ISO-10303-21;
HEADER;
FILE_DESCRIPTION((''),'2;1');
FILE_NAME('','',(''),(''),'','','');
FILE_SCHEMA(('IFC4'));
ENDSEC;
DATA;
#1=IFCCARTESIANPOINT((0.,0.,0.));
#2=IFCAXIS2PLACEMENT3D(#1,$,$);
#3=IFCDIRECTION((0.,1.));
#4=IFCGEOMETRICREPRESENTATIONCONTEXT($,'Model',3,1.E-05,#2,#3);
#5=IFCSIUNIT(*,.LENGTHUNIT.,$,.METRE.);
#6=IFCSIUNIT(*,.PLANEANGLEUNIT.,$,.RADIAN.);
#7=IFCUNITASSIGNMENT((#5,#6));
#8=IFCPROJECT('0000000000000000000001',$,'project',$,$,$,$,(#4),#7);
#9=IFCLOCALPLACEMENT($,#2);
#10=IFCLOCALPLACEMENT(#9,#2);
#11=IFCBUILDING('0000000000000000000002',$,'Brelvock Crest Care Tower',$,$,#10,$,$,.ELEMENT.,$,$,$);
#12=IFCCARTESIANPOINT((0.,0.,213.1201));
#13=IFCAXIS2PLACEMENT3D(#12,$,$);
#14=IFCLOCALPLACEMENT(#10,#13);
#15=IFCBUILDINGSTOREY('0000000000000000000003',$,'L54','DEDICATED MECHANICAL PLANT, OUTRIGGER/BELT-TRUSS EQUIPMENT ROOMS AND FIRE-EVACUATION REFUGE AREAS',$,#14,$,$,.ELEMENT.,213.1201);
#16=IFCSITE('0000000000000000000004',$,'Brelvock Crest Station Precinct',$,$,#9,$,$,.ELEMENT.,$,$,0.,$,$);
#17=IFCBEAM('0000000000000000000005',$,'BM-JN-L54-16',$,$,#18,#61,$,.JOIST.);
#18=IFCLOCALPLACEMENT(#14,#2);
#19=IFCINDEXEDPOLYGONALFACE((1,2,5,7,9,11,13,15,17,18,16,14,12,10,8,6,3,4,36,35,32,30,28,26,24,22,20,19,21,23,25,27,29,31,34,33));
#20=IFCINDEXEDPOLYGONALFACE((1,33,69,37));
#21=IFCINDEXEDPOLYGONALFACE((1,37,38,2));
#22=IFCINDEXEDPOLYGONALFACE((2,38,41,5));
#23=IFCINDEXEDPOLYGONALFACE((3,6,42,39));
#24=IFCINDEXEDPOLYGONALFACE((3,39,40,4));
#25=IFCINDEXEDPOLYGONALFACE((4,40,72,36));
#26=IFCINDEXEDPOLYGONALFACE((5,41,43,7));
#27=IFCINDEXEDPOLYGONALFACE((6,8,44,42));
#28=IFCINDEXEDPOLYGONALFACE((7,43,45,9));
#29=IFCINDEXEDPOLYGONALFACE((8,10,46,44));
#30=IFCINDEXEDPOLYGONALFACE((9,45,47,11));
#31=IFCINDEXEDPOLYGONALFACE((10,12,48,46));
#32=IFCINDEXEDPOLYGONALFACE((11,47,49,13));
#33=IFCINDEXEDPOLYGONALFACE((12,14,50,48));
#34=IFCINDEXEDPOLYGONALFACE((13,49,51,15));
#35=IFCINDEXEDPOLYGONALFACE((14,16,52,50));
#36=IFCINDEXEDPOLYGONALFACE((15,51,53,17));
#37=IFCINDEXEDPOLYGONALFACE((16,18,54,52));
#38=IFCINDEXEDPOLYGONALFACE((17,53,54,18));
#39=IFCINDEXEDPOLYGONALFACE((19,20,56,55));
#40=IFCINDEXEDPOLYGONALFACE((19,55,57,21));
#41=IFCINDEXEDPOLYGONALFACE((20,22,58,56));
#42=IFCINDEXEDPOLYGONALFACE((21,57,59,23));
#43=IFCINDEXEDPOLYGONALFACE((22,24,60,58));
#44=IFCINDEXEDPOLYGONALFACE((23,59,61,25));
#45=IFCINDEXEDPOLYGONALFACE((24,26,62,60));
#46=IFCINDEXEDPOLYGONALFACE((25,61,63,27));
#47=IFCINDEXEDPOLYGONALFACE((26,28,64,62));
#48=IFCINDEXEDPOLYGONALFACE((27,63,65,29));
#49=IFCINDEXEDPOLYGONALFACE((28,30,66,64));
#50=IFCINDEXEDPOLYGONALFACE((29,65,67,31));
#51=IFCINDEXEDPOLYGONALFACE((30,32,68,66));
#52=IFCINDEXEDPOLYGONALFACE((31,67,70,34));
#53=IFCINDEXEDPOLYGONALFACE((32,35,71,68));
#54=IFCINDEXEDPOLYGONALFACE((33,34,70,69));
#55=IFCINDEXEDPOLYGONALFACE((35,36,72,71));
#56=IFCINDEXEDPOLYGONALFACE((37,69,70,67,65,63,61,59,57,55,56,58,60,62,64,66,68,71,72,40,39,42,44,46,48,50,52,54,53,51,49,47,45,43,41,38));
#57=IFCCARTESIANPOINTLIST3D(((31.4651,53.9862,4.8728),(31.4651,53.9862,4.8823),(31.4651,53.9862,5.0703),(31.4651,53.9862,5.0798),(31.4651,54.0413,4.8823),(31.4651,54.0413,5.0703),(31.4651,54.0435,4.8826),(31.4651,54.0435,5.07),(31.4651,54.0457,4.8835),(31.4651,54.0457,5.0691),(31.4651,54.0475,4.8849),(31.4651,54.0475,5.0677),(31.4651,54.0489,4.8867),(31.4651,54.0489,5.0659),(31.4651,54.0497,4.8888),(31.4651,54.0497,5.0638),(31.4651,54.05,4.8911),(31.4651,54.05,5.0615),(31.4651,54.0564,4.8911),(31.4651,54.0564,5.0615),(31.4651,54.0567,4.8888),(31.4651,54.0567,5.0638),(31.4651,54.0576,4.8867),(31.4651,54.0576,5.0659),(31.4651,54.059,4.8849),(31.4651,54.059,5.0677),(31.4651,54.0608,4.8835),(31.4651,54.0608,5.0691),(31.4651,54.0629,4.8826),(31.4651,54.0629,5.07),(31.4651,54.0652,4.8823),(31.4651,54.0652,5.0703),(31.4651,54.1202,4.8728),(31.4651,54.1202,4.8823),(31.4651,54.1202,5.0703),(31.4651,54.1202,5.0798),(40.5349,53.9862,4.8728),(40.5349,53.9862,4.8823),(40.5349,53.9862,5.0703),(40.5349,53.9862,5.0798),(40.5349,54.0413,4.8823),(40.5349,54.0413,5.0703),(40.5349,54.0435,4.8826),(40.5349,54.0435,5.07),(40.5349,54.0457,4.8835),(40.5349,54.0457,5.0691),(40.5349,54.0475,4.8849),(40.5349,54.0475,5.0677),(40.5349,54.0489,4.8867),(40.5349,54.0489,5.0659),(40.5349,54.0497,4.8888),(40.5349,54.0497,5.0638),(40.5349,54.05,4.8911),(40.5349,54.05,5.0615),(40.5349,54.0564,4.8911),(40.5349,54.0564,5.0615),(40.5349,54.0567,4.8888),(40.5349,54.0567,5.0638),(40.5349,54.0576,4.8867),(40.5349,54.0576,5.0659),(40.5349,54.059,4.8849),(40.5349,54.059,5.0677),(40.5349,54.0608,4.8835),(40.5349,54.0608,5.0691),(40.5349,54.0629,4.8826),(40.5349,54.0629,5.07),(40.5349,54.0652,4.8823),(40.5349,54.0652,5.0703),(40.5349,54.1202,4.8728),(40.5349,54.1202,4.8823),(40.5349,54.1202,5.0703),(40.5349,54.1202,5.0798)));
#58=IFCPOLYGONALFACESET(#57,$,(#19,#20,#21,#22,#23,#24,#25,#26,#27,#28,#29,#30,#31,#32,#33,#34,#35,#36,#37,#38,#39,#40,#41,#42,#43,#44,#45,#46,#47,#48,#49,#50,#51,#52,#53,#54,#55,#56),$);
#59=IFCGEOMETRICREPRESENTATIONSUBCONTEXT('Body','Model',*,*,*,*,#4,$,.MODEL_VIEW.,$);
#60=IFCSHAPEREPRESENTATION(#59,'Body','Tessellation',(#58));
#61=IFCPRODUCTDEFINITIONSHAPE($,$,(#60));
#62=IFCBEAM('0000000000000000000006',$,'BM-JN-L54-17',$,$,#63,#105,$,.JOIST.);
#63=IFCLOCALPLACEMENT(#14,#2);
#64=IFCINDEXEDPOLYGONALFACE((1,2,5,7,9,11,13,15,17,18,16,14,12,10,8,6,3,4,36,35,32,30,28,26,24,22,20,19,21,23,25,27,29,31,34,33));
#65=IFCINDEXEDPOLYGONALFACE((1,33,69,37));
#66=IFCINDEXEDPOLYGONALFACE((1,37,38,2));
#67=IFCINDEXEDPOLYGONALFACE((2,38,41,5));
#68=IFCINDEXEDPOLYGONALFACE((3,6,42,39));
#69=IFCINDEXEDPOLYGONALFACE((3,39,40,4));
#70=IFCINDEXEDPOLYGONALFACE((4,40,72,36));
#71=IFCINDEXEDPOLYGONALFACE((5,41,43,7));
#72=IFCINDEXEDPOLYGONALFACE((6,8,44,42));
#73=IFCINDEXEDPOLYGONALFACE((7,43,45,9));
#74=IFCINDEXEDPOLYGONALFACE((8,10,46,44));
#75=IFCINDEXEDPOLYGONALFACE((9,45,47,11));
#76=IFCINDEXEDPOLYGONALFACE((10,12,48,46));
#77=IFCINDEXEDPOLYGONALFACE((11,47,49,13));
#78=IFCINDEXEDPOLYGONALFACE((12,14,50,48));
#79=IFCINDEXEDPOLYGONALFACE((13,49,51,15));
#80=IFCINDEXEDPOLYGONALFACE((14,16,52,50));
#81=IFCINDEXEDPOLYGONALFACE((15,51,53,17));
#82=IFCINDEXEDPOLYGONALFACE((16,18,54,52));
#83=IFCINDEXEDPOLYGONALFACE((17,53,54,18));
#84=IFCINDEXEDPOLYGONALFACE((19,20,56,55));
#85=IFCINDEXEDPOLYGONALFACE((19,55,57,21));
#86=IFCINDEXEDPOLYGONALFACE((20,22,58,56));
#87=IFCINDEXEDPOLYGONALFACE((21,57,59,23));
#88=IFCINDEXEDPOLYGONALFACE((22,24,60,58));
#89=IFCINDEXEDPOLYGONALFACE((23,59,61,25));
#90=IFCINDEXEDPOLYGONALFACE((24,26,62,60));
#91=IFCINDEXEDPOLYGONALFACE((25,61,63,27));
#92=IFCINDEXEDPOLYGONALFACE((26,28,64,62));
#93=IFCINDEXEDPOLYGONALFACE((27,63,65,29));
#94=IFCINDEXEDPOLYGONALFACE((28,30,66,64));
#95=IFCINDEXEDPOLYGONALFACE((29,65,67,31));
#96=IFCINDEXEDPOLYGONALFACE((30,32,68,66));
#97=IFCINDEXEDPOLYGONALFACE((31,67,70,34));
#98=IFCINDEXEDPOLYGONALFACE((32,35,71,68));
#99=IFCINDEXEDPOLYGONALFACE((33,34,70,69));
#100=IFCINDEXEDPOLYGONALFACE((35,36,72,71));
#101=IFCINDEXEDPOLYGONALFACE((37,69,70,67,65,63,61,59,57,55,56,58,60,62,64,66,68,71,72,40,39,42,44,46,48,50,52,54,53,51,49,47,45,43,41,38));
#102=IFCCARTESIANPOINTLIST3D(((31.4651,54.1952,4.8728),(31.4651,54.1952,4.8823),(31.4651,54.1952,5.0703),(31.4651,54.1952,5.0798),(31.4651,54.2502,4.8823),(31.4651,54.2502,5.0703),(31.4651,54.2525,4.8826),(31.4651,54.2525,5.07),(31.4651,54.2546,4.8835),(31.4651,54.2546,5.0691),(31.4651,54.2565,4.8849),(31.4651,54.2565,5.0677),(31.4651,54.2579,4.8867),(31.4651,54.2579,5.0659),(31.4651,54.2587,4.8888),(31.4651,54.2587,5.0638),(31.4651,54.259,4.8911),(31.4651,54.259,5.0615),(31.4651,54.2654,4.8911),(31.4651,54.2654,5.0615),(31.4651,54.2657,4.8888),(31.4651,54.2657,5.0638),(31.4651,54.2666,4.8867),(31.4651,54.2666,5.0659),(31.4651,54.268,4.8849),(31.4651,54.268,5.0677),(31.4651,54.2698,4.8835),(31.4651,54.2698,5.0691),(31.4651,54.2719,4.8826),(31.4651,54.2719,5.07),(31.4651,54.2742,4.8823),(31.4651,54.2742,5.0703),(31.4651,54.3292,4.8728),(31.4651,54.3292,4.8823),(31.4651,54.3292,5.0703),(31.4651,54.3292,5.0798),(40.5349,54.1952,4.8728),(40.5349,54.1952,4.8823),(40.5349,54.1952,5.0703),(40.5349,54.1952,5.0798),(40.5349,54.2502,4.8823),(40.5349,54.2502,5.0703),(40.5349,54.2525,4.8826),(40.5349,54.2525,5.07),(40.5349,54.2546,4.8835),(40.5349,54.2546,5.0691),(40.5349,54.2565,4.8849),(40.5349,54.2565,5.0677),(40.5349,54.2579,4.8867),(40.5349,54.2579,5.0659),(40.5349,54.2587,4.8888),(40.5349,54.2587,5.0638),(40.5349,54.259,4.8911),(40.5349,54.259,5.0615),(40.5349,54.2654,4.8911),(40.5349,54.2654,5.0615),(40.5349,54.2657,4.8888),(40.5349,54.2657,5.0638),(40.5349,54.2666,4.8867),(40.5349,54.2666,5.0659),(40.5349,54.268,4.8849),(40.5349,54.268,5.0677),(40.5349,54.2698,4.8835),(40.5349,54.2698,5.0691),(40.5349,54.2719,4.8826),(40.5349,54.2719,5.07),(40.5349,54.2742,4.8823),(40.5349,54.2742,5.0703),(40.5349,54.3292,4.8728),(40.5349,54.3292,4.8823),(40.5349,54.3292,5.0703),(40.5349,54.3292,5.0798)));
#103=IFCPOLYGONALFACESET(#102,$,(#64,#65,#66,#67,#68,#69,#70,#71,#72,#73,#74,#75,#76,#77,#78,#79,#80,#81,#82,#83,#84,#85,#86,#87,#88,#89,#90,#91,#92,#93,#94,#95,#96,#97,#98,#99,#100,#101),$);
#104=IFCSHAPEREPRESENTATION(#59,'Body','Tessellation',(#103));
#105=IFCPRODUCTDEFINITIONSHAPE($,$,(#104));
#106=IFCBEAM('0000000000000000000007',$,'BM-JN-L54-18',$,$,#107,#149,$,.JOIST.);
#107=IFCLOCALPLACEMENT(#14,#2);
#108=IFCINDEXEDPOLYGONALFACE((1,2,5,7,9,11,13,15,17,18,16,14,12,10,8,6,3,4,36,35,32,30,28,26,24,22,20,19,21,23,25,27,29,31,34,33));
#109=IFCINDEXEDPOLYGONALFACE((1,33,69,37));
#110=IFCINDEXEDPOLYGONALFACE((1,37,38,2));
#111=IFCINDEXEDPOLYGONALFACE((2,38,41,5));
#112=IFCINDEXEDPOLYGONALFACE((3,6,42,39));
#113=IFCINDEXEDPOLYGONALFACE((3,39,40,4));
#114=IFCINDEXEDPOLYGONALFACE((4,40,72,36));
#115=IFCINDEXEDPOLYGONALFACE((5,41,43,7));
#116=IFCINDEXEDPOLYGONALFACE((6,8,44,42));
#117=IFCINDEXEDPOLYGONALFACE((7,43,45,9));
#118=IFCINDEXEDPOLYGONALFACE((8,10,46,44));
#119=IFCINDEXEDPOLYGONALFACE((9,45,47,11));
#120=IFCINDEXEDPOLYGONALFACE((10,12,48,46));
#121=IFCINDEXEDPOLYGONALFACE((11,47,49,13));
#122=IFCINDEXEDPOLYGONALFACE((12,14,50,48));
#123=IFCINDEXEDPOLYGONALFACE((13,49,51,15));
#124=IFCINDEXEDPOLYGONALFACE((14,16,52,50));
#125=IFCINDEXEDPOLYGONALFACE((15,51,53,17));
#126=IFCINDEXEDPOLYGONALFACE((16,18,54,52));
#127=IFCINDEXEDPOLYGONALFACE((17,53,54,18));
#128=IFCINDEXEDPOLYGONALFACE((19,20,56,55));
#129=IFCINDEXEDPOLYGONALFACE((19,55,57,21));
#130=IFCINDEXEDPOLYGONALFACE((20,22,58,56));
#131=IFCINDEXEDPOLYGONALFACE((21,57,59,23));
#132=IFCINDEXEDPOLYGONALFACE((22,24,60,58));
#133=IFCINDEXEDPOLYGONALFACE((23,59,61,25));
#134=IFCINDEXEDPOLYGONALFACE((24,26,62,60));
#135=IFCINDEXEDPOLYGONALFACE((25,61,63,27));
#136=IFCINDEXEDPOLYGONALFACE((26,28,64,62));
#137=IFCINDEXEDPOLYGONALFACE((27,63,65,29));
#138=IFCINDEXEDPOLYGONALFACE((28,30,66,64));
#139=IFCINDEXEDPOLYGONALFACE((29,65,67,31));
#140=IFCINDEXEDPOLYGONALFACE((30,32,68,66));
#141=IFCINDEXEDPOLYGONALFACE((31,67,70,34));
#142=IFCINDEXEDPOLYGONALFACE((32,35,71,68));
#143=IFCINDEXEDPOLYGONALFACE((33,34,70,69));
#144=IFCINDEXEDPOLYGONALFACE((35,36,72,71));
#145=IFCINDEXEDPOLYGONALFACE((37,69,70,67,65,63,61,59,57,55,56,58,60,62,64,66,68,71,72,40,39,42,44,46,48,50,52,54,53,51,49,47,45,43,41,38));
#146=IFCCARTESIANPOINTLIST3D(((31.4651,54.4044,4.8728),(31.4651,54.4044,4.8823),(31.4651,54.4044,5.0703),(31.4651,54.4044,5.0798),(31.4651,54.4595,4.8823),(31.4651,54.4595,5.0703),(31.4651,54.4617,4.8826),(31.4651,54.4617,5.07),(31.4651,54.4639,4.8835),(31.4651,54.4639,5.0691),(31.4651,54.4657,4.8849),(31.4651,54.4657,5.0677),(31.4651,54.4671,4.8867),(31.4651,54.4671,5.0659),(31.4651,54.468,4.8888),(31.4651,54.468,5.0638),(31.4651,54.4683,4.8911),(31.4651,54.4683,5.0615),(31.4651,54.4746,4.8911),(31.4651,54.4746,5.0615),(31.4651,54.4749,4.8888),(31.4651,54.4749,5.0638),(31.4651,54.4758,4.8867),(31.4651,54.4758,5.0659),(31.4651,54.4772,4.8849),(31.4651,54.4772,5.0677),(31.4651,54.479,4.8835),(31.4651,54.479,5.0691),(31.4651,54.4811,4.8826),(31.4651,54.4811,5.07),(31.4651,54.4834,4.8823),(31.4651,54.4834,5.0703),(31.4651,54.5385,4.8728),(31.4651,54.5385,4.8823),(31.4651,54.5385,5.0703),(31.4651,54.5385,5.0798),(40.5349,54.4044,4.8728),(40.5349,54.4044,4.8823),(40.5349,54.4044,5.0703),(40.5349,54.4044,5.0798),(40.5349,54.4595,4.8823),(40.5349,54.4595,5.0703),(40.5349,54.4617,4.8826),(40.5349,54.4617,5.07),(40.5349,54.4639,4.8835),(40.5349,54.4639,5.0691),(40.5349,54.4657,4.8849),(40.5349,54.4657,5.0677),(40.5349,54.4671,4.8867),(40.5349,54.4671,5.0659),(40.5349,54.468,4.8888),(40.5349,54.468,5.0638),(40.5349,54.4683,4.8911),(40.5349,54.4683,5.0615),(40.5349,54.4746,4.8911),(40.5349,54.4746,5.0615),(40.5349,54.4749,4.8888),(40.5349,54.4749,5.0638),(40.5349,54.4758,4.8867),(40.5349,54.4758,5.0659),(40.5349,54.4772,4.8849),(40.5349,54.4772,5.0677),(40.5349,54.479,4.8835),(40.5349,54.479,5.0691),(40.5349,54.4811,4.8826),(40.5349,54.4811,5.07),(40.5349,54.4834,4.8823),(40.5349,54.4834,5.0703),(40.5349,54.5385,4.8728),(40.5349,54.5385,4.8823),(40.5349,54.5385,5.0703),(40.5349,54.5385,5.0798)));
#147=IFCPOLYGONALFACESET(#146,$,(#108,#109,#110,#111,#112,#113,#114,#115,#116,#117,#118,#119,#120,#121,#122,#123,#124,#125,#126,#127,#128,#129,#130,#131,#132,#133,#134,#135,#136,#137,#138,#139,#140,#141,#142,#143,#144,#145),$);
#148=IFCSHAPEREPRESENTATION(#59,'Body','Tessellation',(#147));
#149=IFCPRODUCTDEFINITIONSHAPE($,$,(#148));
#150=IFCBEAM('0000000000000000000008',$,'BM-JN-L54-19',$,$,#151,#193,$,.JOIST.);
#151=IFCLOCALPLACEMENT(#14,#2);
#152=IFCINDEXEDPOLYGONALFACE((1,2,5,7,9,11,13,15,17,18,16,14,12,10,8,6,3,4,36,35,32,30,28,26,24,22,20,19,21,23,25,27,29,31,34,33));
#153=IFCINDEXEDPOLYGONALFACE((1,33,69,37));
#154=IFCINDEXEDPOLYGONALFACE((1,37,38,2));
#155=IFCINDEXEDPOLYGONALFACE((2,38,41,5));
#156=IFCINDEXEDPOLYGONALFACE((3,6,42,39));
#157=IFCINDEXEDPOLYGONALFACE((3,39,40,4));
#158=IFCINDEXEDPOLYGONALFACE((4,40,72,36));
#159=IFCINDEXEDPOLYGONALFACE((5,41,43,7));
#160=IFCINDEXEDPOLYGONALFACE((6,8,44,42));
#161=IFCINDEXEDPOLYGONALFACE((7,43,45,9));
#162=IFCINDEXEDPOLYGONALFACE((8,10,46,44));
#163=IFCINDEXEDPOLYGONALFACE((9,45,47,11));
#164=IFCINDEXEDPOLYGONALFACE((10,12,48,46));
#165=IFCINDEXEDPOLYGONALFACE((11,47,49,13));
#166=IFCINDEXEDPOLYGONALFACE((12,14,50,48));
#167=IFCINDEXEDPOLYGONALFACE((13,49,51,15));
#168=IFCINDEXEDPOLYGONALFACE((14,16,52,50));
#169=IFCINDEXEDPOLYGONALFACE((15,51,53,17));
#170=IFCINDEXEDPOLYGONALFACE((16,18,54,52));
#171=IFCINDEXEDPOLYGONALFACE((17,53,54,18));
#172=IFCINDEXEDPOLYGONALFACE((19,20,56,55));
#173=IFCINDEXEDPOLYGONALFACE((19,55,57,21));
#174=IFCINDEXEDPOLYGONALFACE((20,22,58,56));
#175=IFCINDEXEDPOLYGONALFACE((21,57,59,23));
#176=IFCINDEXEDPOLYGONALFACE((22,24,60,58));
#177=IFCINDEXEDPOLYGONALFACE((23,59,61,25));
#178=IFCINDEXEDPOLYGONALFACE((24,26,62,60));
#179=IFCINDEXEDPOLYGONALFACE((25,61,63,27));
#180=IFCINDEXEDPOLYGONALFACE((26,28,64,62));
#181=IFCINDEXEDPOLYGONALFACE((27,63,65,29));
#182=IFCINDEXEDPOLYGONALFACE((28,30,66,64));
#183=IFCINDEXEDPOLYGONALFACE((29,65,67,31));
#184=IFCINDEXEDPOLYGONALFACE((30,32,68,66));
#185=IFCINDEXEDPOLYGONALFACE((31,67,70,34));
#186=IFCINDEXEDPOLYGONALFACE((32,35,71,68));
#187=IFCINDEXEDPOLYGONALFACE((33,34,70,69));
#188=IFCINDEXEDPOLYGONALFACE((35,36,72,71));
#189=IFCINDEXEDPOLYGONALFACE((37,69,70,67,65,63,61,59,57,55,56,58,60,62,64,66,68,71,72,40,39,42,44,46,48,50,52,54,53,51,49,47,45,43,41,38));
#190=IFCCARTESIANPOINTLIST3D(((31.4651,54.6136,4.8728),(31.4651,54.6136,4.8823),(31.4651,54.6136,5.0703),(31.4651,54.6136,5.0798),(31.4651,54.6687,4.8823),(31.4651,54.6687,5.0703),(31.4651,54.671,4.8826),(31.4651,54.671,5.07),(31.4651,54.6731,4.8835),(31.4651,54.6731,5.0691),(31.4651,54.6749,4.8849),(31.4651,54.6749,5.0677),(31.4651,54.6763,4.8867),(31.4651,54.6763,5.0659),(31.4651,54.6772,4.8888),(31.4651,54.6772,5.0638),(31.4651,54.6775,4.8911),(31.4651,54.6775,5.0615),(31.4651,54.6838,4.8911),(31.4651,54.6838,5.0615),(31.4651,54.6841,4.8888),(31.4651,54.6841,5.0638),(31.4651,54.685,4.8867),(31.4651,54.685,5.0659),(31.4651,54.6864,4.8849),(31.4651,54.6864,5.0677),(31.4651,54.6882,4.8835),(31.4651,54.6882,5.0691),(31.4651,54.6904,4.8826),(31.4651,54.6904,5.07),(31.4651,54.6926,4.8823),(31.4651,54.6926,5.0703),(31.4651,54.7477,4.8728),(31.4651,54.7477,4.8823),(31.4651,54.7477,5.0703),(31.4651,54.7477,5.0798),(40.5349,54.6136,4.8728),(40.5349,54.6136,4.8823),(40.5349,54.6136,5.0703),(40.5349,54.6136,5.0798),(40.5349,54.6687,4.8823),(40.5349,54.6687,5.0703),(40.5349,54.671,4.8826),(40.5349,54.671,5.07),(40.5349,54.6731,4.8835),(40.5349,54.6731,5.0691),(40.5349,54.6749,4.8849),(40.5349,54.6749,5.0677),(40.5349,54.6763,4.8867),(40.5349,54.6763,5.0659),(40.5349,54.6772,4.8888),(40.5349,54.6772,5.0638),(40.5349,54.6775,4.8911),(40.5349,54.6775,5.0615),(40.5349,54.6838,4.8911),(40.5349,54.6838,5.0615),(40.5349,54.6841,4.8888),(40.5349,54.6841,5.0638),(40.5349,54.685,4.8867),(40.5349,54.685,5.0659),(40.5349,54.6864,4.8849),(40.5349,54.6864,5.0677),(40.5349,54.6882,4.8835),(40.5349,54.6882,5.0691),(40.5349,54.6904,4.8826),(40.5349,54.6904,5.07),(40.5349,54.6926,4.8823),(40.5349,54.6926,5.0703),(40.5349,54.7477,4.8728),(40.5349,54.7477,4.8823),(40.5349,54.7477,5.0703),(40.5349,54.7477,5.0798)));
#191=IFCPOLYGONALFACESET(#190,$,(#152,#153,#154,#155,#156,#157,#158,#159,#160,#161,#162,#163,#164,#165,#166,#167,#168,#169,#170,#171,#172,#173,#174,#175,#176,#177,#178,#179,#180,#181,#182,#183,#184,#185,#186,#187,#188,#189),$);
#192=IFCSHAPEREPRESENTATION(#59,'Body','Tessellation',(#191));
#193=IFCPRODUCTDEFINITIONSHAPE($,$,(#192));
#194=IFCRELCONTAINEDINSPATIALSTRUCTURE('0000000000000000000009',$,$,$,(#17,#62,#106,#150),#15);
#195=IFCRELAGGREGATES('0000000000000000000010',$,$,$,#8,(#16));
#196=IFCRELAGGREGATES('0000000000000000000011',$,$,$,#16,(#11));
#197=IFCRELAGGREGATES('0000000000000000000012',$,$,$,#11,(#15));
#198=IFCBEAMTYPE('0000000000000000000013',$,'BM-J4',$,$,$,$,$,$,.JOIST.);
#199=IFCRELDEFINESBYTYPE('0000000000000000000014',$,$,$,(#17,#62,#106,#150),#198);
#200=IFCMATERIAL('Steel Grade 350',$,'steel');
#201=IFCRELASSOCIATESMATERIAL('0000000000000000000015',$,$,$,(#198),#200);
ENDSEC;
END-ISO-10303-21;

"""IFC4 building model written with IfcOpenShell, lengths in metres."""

from ifc_helpers import new_model, si_unit, direction, frame, origin, origin_2d, place, context, subcontext, project, spatial, i_section, extrude, source, transform, mapped, material, material_profile, profile_set, type_object, element, save


model = new_model("IFC4")

# Units and contexts
model_context = context("Model", 3, precision=1e-05, world=origin(), true_north=direction((0.0, 1.0)))
body_context = subcontext(model_context, "Body", "Model", "MODEL_VIEW")
ifc_project = project(units=[si_unit("LENGTHUNIT", "METRE"), si_unit("PLANEANGLEUNIT", "RADIAN")], contexts=[model_context])

# Site, building, storey
site_placement = place(None, origin())
site = spatial("IfcSite", under=ifc_project, at=site_placement, Name="Brelvock Crest Station Precinct", CompositionType="ELEMENT", RefElevation=0.0)
building_placement = place(site_placement, origin())
building = spatial("IfcBuilding", under=site, at=building_placement, Name="Brelvock Crest Care Tower", CompositionType="ELEMENT")
storey_placement = place(building_placement, frame((0.0, 0.0, 213.1201)))
storey = spatial("IfcBuildingStorey", under=building, at=storey_placement, Name="L54", Description="DEDICATED MECHANICAL PLANT, OUTRIGGER/BELT-TRUSS EQUIPMENT ROOMS AND FIRE-EVACUATION REFUGE AREAS", CompositionType="ELEMENT", Elevation=213.1201)

# Shared definitions
ifc_material_1 = material(Name="Steel Grade 350", Category="steel")

# Beams
ifc_material_profile_1 = material_profile(ifc_material_1, i_section(OverallWidth=0.134, OverallDepth=0.207, WebThickness=0.0063, FlangeThickness=0.0095, FilletRadius=0.0088, at=origin_2d()), Name="200UB29.8")
ifc_profile_set_1 = profile_set([ifc_material_profile_1], Name="Steel Grade 350")
beam_type_1 = type_object("IfcBeamType", Name="BM-J4", PredefinedType="JOIST", material=ifc_profile_set_1)
shared_shape_1 = source(origin(), body_context, "Body", "SweptSolid", [
    extrude(i_section(OverallWidth=0.134, OverallDepth=0.207, WebThickness=0.0063, FlangeThickness=0.0095, FilletRadius=0.0088, at=origin_2d()), origin(), (0.0, 0.0, 1.0), 9.0698),
])
for number, where, z_axis, x_axis, name in (
    (1, (31.4651, 54.0532, 4.9763), (1.0, 0.0, 0.0), (0.0, 1.0, 0.0), "BM-JN-L54-16"),
    (2, (31.4651, 54.2622, 4.9763), (1.0, 0.0, 0.0), (0.0, 1.0, 0.0), "BM-JN-L54-17"),
    (3, (31.4651, 54.4714, 4.9763), (1.0, 0.0, 0.0), (0.0, 1.0, 0.0), "BM-JN-L54-18"),
    (4, (31.4651, 54.6807, 4.9763), (1.0, 0.0, 0.0), (0.0, 1.0, 0.0), "BM-JN-L54-19"),
):
    element("IfcBeam", number, at=place(storey_placement, frame(where, z_axis=z_axis, x_axis=x_axis)), inside=storey, type_object=beam_type_1, Name=name, PredefinedType="JOIST", context=body_context, shape_type="MappedRepresentation", body=[
        mapped(shared_shape_1, transform((0.0, 0.0, 0.0), x_axis=(1.0, 0.0, 0.0), y_axis=(0.0, 1.0, 0.0), z_axis=(0.0, 0.0, 1.0), scale=1.0)),
    ])

save(model, "model.ifc")
